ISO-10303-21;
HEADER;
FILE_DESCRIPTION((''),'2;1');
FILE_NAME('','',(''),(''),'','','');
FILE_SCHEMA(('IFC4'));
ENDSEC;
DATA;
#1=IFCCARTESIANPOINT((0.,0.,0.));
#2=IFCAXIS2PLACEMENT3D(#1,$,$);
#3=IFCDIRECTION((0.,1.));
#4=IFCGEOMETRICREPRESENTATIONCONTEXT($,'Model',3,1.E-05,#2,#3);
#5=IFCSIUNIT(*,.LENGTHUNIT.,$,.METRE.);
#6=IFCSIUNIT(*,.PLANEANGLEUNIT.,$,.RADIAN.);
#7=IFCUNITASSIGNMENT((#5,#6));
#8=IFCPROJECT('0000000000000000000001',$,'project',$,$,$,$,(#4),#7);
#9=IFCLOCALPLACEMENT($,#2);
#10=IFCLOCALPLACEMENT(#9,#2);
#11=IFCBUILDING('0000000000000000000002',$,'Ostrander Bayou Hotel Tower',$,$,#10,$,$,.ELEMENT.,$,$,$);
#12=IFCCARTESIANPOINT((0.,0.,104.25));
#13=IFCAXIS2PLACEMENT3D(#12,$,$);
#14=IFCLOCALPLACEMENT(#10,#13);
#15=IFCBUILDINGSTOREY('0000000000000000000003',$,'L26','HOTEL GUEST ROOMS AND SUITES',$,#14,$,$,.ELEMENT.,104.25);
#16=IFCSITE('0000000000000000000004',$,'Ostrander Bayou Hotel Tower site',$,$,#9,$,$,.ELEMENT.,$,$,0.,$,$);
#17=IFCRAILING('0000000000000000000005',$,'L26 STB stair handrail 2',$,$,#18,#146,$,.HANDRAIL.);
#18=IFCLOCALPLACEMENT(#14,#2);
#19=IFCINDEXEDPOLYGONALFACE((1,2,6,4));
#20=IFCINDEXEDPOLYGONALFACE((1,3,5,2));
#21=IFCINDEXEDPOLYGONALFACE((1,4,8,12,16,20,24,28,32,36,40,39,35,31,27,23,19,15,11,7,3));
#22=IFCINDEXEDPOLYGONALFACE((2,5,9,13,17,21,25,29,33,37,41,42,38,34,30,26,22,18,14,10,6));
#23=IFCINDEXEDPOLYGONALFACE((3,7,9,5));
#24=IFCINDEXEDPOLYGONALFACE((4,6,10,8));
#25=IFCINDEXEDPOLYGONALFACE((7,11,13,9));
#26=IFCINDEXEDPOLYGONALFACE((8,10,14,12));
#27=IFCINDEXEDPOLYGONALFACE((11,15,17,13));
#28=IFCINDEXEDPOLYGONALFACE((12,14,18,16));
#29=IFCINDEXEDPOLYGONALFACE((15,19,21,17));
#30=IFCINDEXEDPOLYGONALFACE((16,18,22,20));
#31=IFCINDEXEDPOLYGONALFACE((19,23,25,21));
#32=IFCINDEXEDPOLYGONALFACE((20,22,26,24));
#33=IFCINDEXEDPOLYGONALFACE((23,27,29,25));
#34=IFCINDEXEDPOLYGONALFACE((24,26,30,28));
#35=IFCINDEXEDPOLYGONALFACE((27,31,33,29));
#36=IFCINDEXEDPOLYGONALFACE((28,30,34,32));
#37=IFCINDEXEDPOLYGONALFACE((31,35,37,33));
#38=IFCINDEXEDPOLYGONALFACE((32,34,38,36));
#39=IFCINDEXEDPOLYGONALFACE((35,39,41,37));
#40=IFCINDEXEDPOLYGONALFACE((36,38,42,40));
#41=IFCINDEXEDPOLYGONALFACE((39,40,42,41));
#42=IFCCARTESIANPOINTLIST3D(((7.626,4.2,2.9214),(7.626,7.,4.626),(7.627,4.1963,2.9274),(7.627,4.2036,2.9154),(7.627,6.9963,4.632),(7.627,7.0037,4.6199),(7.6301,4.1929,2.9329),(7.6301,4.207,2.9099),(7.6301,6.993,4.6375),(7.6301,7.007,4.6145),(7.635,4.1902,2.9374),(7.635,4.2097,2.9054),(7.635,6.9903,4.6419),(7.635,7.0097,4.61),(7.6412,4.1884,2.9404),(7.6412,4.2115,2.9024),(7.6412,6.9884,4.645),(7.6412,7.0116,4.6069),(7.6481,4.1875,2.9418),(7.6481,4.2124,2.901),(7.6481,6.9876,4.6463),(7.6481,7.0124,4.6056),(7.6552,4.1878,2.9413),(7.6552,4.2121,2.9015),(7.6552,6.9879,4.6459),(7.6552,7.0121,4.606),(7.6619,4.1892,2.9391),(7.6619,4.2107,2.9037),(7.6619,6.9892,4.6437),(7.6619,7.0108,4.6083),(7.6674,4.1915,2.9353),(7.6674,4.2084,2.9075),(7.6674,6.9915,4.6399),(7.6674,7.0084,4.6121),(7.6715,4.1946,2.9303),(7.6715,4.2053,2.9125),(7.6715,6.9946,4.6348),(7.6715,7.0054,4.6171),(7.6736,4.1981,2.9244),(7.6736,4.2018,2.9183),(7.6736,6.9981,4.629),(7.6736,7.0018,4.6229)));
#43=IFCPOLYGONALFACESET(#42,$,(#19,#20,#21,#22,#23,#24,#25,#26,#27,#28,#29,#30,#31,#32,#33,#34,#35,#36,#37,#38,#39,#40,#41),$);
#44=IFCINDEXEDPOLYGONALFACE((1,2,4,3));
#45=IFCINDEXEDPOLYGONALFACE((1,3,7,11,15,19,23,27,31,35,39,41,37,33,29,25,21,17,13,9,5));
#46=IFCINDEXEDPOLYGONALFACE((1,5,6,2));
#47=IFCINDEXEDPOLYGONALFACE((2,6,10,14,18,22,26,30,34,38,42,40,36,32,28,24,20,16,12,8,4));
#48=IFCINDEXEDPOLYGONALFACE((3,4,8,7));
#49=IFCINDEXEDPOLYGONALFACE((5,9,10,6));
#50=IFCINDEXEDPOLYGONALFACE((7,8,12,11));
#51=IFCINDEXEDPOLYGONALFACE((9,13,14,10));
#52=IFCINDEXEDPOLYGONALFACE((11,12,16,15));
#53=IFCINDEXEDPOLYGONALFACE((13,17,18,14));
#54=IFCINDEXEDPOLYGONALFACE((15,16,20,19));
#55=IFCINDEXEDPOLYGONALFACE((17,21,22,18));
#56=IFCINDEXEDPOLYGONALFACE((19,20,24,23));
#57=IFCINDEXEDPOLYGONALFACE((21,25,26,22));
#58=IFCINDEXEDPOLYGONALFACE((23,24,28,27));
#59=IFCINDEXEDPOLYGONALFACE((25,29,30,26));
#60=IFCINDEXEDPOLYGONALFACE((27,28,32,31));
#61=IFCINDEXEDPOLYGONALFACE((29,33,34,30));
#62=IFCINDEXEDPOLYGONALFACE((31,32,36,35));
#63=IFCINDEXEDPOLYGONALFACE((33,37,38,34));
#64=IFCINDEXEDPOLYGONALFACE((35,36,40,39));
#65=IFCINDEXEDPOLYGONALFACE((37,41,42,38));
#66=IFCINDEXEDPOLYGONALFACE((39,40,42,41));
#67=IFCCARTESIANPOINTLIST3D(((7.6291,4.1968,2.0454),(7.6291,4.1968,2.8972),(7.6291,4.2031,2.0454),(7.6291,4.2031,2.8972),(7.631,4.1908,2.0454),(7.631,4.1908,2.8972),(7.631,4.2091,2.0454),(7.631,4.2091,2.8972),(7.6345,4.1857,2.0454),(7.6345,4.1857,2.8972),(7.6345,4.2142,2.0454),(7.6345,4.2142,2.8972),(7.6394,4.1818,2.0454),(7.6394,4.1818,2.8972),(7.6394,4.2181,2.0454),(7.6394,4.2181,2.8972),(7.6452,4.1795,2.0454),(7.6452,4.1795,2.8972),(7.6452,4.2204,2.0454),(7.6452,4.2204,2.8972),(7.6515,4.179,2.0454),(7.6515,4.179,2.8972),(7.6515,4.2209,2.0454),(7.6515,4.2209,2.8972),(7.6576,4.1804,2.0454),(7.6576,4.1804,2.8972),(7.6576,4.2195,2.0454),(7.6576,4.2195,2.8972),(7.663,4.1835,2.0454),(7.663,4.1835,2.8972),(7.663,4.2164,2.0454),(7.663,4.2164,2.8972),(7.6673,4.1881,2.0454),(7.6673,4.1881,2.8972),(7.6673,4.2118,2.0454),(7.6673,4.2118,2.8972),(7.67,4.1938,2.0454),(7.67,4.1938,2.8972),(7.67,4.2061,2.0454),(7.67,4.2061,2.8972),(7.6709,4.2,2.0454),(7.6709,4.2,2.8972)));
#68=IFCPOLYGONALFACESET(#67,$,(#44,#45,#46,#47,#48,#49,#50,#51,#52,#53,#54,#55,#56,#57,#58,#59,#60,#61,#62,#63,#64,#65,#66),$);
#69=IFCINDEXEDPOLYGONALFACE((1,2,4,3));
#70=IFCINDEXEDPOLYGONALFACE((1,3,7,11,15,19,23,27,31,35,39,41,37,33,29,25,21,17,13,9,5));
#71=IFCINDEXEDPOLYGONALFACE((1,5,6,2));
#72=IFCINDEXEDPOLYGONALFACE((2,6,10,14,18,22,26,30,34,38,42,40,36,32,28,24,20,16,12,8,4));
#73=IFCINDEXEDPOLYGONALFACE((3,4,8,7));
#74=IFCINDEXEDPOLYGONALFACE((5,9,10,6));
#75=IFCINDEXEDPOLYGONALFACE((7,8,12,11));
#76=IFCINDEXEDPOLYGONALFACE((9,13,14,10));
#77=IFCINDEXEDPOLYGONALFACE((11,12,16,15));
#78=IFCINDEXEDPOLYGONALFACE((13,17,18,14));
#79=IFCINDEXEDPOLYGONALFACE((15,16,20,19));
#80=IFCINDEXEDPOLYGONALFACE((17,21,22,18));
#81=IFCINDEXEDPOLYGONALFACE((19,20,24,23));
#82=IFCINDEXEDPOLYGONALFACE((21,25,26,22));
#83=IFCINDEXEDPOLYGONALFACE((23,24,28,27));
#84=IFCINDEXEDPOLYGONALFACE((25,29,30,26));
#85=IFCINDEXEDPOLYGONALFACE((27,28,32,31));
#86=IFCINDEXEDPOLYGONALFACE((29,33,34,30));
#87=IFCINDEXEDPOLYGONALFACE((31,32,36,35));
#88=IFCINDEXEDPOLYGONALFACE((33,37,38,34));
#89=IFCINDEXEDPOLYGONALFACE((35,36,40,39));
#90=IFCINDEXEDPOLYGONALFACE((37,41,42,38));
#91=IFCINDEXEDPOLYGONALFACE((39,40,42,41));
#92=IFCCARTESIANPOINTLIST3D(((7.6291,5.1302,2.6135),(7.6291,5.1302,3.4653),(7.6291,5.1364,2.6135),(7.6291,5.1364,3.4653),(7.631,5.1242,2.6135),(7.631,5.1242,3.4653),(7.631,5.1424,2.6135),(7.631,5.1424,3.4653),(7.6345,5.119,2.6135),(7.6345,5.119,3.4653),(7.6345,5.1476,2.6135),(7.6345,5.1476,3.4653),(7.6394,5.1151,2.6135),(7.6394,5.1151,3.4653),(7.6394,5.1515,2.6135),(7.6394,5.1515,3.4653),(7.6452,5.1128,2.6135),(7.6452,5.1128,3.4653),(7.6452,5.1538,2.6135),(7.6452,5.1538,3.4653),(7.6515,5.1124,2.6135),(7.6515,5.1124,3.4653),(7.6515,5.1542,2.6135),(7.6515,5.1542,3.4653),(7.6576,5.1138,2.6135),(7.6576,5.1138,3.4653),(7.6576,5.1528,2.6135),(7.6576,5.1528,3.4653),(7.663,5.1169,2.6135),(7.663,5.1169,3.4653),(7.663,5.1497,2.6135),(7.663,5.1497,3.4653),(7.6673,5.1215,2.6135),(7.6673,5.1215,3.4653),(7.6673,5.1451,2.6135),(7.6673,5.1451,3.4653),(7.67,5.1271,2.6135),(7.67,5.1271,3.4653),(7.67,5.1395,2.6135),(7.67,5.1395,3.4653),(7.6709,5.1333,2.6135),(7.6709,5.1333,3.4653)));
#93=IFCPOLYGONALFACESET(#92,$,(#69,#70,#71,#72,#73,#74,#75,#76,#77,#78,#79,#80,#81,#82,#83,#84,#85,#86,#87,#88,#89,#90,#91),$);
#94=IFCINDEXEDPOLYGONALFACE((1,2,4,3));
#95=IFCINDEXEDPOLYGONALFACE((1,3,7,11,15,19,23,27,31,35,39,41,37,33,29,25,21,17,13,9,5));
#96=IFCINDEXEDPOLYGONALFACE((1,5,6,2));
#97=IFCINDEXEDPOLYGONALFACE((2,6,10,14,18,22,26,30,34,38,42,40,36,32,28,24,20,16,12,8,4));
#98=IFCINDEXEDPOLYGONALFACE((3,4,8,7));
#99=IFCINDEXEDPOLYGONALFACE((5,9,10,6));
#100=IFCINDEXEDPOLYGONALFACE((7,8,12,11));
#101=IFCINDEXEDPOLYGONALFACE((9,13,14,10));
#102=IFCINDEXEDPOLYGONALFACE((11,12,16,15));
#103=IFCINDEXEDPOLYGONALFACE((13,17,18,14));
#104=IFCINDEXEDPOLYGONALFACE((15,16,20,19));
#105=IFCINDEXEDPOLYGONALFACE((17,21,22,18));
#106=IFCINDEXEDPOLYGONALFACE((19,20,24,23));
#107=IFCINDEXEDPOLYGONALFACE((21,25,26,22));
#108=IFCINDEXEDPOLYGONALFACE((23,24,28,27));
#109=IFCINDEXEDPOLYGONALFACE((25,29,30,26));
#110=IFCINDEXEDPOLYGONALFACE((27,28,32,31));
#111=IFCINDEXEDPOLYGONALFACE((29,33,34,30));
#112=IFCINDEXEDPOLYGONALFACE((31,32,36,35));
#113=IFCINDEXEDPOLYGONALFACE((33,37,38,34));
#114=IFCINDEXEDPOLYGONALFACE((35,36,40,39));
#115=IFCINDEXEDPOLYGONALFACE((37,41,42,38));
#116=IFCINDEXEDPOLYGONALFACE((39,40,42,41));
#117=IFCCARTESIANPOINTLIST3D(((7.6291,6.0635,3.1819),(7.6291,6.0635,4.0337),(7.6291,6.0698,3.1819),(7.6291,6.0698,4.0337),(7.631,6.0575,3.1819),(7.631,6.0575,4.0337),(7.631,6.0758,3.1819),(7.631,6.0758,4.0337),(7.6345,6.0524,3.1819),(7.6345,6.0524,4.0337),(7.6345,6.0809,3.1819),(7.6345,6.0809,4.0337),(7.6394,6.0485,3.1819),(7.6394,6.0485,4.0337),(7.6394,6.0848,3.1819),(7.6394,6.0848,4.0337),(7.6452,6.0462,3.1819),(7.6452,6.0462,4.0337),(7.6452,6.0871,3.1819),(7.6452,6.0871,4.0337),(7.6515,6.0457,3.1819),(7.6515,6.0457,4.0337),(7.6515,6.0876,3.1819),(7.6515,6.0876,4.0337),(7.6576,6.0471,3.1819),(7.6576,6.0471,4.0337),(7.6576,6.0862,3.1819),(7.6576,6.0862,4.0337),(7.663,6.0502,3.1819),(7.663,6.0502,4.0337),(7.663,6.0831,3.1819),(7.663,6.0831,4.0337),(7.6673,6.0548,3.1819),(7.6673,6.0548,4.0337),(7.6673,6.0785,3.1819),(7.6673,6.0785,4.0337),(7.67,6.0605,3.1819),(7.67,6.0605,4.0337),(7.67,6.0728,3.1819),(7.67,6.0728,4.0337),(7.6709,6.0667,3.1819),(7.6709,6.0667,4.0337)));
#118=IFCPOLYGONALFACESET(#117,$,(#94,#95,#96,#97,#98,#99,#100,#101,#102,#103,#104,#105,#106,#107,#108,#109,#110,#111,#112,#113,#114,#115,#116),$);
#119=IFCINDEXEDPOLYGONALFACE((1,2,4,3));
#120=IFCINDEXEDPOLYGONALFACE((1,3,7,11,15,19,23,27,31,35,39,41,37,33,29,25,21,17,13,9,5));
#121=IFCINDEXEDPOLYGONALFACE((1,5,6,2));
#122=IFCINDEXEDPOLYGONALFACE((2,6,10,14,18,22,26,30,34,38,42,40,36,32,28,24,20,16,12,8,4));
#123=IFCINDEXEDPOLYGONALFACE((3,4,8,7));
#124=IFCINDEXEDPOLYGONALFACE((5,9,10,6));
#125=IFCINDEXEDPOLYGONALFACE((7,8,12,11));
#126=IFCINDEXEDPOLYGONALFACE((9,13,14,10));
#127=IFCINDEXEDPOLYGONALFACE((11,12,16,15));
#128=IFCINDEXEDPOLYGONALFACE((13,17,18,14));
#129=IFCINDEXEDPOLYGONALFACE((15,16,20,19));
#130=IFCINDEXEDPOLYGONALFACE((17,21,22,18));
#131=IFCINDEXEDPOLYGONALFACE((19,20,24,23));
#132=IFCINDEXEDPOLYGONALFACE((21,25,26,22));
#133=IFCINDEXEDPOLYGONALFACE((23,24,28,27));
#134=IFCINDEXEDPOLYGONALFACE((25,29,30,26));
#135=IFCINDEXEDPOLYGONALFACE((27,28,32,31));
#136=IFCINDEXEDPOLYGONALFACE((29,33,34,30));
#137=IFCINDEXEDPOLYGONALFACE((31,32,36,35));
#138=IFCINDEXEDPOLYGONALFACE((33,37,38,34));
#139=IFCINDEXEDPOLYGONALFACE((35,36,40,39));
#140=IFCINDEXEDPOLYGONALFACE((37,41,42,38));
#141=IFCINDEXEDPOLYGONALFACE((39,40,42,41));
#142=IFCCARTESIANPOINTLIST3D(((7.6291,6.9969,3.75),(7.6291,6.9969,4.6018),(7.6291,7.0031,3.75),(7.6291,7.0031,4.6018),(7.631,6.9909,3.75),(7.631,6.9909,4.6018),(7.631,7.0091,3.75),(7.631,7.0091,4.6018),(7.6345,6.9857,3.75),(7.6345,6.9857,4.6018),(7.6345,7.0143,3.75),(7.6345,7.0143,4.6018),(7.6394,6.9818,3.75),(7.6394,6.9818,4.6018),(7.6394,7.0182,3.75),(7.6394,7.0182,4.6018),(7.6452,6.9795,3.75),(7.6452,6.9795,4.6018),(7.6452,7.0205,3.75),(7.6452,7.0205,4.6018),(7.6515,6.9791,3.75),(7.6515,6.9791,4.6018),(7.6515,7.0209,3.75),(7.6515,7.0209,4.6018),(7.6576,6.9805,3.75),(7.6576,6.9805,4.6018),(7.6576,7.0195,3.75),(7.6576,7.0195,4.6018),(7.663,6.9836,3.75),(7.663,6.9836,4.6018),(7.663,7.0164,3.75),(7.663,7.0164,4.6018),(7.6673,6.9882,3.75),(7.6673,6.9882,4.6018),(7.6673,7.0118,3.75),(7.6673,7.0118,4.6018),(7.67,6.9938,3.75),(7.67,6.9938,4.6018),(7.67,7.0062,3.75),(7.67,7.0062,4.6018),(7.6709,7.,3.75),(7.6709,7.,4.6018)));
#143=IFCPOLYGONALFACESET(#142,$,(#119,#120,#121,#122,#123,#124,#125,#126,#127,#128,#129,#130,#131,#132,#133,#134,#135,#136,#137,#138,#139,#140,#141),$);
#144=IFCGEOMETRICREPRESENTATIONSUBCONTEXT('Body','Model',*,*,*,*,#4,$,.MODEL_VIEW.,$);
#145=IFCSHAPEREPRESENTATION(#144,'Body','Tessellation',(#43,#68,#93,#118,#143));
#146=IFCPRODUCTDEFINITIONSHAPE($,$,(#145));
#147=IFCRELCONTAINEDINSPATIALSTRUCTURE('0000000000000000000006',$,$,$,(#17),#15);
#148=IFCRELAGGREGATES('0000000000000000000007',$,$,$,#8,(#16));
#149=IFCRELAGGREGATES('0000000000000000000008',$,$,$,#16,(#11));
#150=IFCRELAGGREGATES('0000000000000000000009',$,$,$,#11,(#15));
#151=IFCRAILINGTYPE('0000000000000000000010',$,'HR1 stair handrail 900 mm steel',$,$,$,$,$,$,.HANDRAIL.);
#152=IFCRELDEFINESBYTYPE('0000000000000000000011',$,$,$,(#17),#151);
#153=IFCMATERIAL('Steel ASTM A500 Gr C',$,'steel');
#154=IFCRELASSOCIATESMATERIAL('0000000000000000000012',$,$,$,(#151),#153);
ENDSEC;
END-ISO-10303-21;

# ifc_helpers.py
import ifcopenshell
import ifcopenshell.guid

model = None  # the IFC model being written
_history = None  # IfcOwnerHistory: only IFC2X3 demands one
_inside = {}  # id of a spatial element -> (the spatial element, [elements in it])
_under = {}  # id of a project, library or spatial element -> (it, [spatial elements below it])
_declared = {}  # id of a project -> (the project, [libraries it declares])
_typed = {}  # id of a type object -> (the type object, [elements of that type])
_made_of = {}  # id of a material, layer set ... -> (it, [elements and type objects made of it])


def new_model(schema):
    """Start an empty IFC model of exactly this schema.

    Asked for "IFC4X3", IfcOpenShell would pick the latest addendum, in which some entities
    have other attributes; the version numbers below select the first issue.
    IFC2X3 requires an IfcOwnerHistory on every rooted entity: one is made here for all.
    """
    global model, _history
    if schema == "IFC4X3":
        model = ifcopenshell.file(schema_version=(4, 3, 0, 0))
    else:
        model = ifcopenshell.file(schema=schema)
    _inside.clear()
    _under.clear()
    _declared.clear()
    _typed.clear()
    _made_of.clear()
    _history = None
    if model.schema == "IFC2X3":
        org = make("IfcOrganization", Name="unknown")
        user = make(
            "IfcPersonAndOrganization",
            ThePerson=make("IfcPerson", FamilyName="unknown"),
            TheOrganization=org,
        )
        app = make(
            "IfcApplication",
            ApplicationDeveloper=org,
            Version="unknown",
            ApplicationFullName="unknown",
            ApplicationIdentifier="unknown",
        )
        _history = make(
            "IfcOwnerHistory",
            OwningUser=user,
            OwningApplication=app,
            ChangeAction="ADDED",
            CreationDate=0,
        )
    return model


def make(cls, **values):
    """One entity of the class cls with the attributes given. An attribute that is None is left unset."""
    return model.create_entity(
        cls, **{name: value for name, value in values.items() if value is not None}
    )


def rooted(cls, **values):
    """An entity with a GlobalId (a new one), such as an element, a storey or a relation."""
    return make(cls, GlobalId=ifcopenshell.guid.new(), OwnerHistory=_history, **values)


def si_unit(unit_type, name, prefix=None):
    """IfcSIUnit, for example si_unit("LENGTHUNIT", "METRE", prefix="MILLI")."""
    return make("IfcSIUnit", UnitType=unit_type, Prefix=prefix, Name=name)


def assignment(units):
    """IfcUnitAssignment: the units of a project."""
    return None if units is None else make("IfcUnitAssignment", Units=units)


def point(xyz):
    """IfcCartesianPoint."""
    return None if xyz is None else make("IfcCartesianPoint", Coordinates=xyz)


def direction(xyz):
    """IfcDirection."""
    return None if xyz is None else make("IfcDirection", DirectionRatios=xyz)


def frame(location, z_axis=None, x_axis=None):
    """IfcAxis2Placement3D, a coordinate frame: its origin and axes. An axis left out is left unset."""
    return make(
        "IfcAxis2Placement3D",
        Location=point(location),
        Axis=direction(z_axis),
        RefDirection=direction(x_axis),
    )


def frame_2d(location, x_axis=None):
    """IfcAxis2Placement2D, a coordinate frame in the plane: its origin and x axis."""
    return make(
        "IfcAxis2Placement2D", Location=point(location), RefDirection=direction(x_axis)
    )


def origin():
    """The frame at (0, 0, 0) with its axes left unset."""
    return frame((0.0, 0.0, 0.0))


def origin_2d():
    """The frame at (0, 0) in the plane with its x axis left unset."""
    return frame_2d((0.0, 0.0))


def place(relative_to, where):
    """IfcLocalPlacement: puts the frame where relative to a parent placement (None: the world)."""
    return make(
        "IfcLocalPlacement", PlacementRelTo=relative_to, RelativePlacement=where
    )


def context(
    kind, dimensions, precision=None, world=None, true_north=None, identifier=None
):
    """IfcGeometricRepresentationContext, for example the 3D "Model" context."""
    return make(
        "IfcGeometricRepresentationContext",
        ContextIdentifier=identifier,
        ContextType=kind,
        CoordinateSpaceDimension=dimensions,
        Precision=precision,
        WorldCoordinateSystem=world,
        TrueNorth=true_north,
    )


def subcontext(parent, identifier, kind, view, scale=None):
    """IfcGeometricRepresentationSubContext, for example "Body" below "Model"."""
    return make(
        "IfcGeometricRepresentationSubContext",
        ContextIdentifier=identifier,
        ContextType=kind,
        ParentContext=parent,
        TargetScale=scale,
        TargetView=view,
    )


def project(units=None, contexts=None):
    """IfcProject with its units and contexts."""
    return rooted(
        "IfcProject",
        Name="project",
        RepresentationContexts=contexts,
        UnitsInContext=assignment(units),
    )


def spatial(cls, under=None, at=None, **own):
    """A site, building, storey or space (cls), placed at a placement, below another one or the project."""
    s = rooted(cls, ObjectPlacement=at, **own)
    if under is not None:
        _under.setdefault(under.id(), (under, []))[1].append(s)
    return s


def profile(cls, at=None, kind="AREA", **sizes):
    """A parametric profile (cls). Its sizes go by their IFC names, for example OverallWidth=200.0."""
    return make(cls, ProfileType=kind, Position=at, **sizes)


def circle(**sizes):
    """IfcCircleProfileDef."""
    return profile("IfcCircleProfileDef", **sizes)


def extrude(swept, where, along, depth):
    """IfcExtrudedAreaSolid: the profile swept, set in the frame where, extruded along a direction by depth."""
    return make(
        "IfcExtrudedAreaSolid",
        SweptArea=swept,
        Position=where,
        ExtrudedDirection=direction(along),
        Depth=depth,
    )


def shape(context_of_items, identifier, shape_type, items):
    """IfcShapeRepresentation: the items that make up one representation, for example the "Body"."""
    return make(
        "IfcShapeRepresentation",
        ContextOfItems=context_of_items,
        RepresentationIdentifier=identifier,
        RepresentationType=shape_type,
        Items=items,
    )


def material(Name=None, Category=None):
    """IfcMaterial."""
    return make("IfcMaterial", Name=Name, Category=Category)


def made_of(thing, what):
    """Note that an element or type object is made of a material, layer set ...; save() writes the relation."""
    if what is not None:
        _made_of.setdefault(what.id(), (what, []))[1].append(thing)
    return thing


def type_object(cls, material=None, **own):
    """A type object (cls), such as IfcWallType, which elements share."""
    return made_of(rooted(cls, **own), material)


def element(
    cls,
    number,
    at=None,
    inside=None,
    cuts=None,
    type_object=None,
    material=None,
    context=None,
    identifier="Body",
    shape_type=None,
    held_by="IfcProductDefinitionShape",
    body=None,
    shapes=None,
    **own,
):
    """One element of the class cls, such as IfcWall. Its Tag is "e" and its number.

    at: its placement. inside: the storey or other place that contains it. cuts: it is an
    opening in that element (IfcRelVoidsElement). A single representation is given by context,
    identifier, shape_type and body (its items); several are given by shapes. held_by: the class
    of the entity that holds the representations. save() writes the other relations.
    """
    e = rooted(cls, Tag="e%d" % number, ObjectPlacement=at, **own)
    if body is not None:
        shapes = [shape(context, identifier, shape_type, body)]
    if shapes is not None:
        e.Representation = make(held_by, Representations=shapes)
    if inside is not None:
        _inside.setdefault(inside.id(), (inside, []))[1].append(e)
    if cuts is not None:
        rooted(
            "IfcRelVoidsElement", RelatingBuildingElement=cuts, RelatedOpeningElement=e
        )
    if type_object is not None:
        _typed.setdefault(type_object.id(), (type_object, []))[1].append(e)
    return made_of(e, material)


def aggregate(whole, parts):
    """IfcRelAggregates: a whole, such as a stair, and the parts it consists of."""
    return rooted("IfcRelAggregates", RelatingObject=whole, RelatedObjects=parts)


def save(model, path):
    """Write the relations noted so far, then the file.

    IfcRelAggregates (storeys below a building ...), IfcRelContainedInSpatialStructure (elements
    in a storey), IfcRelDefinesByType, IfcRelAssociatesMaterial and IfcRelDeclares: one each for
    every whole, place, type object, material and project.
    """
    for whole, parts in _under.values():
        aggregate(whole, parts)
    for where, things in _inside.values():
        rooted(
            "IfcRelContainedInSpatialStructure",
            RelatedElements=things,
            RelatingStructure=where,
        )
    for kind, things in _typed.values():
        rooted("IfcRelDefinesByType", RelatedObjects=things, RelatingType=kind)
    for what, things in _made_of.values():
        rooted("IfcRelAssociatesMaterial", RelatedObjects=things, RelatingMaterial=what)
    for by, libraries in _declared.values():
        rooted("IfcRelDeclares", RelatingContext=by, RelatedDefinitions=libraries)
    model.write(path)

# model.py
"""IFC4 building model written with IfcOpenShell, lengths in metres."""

from ifc_helpers import new_model, si_unit, direction, frame, origin, origin_2d, place, context, subcontext, project, spatial, circle, extrude, material, type_object, element, save


model = new_model("IFC4")

# Units and contexts
model_context = context("Model", 3, precision=1e-05, world=origin(), true_north=direction((0.0, 1.0)))
body_context = subcontext(model_context, "Body", "Model", "MODEL_VIEW")
ifc_project = project(units=[si_unit("LENGTHUNIT", "METRE"), si_unit("PLANEANGLEUNIT", "RADIAN")], contexts=[model_context])

# Site, building, storey
site_placement = place(None, origin())
site = spatial("IfcSite", under=ifc_project, at=site_placement, Name="Ostrander Bayou Hotel Tower site", CompositionType="ELEMENT", RefElevation=0.0)
building_placement = place(site_placement, origin())
building = spatial("IfcBuilding", under=site, at=building_placement, Name="Ostrander Bayou Hotel Tower", CompositionType="ELEMENT")
storey_placement = place(building_placement, frame((0.0, 0.0, 104.25)))
storey = spatial("IfcBuildingStorey", under=building, at=storey_placement, Name="L26", Description="HOTEL GUEST ROOMS AND SUITES", CompositionType="ELEMENT", Elevation=104.25)

# Railing
ifc_material_1 = material(Name="Steel ASTM A500 Gr C", Category="steel")
railing_type_1 = type_object("IfcRailingType", Name="HR1 stair handrail 900 mm steel", PredefinedType="HANDRAIL", material=ifc_material_1)
railing_1_placement = place(storey_placement, frame((7.6499, 4.2, 2.0454)))
element("IfcRailing", 1, at=railing_1_placement, inside=storey, type_object=railing_type_1, Name="L26 STB stair handrail 2", PredefinedType="HANDRAIL", context=body_context, shape_type="SweptSolid", body=[
    extrude(circle(Radius=0.0239, at=origin_2d()), frame((0.0, 0.0, 0.876), z_axis=(0.0, 0.85417, 0.519994), x_axis=(-1.0, 0.0, 0.0)), (0.0, 0.0, 1.0), 3.2781),
    extrude(circle(Radius=0.021, at=origin_2d()), origin(), (0.0, 0.0, 1.0), 0.8518),
    extrude(circle(Radius=0.021, at=origin_2d()), frame((0.0, 0.9333, 0.5681)), (0.0, 0.0, 1.0), 0.8518),
    extrude(circle(Radius=0.021, at=origin_2d()), frame((0.0, 1.8667, 1.1365)), (0.0, 0.0, 1.0), 0.8518),
    extrude(circle(Radius=0.021, at=origin_2d()), frame((0.0, 2.8, 1.7046)), (0.0, 0.0, 1.0), 0.8518),
])

save(model, "model.ifc")
